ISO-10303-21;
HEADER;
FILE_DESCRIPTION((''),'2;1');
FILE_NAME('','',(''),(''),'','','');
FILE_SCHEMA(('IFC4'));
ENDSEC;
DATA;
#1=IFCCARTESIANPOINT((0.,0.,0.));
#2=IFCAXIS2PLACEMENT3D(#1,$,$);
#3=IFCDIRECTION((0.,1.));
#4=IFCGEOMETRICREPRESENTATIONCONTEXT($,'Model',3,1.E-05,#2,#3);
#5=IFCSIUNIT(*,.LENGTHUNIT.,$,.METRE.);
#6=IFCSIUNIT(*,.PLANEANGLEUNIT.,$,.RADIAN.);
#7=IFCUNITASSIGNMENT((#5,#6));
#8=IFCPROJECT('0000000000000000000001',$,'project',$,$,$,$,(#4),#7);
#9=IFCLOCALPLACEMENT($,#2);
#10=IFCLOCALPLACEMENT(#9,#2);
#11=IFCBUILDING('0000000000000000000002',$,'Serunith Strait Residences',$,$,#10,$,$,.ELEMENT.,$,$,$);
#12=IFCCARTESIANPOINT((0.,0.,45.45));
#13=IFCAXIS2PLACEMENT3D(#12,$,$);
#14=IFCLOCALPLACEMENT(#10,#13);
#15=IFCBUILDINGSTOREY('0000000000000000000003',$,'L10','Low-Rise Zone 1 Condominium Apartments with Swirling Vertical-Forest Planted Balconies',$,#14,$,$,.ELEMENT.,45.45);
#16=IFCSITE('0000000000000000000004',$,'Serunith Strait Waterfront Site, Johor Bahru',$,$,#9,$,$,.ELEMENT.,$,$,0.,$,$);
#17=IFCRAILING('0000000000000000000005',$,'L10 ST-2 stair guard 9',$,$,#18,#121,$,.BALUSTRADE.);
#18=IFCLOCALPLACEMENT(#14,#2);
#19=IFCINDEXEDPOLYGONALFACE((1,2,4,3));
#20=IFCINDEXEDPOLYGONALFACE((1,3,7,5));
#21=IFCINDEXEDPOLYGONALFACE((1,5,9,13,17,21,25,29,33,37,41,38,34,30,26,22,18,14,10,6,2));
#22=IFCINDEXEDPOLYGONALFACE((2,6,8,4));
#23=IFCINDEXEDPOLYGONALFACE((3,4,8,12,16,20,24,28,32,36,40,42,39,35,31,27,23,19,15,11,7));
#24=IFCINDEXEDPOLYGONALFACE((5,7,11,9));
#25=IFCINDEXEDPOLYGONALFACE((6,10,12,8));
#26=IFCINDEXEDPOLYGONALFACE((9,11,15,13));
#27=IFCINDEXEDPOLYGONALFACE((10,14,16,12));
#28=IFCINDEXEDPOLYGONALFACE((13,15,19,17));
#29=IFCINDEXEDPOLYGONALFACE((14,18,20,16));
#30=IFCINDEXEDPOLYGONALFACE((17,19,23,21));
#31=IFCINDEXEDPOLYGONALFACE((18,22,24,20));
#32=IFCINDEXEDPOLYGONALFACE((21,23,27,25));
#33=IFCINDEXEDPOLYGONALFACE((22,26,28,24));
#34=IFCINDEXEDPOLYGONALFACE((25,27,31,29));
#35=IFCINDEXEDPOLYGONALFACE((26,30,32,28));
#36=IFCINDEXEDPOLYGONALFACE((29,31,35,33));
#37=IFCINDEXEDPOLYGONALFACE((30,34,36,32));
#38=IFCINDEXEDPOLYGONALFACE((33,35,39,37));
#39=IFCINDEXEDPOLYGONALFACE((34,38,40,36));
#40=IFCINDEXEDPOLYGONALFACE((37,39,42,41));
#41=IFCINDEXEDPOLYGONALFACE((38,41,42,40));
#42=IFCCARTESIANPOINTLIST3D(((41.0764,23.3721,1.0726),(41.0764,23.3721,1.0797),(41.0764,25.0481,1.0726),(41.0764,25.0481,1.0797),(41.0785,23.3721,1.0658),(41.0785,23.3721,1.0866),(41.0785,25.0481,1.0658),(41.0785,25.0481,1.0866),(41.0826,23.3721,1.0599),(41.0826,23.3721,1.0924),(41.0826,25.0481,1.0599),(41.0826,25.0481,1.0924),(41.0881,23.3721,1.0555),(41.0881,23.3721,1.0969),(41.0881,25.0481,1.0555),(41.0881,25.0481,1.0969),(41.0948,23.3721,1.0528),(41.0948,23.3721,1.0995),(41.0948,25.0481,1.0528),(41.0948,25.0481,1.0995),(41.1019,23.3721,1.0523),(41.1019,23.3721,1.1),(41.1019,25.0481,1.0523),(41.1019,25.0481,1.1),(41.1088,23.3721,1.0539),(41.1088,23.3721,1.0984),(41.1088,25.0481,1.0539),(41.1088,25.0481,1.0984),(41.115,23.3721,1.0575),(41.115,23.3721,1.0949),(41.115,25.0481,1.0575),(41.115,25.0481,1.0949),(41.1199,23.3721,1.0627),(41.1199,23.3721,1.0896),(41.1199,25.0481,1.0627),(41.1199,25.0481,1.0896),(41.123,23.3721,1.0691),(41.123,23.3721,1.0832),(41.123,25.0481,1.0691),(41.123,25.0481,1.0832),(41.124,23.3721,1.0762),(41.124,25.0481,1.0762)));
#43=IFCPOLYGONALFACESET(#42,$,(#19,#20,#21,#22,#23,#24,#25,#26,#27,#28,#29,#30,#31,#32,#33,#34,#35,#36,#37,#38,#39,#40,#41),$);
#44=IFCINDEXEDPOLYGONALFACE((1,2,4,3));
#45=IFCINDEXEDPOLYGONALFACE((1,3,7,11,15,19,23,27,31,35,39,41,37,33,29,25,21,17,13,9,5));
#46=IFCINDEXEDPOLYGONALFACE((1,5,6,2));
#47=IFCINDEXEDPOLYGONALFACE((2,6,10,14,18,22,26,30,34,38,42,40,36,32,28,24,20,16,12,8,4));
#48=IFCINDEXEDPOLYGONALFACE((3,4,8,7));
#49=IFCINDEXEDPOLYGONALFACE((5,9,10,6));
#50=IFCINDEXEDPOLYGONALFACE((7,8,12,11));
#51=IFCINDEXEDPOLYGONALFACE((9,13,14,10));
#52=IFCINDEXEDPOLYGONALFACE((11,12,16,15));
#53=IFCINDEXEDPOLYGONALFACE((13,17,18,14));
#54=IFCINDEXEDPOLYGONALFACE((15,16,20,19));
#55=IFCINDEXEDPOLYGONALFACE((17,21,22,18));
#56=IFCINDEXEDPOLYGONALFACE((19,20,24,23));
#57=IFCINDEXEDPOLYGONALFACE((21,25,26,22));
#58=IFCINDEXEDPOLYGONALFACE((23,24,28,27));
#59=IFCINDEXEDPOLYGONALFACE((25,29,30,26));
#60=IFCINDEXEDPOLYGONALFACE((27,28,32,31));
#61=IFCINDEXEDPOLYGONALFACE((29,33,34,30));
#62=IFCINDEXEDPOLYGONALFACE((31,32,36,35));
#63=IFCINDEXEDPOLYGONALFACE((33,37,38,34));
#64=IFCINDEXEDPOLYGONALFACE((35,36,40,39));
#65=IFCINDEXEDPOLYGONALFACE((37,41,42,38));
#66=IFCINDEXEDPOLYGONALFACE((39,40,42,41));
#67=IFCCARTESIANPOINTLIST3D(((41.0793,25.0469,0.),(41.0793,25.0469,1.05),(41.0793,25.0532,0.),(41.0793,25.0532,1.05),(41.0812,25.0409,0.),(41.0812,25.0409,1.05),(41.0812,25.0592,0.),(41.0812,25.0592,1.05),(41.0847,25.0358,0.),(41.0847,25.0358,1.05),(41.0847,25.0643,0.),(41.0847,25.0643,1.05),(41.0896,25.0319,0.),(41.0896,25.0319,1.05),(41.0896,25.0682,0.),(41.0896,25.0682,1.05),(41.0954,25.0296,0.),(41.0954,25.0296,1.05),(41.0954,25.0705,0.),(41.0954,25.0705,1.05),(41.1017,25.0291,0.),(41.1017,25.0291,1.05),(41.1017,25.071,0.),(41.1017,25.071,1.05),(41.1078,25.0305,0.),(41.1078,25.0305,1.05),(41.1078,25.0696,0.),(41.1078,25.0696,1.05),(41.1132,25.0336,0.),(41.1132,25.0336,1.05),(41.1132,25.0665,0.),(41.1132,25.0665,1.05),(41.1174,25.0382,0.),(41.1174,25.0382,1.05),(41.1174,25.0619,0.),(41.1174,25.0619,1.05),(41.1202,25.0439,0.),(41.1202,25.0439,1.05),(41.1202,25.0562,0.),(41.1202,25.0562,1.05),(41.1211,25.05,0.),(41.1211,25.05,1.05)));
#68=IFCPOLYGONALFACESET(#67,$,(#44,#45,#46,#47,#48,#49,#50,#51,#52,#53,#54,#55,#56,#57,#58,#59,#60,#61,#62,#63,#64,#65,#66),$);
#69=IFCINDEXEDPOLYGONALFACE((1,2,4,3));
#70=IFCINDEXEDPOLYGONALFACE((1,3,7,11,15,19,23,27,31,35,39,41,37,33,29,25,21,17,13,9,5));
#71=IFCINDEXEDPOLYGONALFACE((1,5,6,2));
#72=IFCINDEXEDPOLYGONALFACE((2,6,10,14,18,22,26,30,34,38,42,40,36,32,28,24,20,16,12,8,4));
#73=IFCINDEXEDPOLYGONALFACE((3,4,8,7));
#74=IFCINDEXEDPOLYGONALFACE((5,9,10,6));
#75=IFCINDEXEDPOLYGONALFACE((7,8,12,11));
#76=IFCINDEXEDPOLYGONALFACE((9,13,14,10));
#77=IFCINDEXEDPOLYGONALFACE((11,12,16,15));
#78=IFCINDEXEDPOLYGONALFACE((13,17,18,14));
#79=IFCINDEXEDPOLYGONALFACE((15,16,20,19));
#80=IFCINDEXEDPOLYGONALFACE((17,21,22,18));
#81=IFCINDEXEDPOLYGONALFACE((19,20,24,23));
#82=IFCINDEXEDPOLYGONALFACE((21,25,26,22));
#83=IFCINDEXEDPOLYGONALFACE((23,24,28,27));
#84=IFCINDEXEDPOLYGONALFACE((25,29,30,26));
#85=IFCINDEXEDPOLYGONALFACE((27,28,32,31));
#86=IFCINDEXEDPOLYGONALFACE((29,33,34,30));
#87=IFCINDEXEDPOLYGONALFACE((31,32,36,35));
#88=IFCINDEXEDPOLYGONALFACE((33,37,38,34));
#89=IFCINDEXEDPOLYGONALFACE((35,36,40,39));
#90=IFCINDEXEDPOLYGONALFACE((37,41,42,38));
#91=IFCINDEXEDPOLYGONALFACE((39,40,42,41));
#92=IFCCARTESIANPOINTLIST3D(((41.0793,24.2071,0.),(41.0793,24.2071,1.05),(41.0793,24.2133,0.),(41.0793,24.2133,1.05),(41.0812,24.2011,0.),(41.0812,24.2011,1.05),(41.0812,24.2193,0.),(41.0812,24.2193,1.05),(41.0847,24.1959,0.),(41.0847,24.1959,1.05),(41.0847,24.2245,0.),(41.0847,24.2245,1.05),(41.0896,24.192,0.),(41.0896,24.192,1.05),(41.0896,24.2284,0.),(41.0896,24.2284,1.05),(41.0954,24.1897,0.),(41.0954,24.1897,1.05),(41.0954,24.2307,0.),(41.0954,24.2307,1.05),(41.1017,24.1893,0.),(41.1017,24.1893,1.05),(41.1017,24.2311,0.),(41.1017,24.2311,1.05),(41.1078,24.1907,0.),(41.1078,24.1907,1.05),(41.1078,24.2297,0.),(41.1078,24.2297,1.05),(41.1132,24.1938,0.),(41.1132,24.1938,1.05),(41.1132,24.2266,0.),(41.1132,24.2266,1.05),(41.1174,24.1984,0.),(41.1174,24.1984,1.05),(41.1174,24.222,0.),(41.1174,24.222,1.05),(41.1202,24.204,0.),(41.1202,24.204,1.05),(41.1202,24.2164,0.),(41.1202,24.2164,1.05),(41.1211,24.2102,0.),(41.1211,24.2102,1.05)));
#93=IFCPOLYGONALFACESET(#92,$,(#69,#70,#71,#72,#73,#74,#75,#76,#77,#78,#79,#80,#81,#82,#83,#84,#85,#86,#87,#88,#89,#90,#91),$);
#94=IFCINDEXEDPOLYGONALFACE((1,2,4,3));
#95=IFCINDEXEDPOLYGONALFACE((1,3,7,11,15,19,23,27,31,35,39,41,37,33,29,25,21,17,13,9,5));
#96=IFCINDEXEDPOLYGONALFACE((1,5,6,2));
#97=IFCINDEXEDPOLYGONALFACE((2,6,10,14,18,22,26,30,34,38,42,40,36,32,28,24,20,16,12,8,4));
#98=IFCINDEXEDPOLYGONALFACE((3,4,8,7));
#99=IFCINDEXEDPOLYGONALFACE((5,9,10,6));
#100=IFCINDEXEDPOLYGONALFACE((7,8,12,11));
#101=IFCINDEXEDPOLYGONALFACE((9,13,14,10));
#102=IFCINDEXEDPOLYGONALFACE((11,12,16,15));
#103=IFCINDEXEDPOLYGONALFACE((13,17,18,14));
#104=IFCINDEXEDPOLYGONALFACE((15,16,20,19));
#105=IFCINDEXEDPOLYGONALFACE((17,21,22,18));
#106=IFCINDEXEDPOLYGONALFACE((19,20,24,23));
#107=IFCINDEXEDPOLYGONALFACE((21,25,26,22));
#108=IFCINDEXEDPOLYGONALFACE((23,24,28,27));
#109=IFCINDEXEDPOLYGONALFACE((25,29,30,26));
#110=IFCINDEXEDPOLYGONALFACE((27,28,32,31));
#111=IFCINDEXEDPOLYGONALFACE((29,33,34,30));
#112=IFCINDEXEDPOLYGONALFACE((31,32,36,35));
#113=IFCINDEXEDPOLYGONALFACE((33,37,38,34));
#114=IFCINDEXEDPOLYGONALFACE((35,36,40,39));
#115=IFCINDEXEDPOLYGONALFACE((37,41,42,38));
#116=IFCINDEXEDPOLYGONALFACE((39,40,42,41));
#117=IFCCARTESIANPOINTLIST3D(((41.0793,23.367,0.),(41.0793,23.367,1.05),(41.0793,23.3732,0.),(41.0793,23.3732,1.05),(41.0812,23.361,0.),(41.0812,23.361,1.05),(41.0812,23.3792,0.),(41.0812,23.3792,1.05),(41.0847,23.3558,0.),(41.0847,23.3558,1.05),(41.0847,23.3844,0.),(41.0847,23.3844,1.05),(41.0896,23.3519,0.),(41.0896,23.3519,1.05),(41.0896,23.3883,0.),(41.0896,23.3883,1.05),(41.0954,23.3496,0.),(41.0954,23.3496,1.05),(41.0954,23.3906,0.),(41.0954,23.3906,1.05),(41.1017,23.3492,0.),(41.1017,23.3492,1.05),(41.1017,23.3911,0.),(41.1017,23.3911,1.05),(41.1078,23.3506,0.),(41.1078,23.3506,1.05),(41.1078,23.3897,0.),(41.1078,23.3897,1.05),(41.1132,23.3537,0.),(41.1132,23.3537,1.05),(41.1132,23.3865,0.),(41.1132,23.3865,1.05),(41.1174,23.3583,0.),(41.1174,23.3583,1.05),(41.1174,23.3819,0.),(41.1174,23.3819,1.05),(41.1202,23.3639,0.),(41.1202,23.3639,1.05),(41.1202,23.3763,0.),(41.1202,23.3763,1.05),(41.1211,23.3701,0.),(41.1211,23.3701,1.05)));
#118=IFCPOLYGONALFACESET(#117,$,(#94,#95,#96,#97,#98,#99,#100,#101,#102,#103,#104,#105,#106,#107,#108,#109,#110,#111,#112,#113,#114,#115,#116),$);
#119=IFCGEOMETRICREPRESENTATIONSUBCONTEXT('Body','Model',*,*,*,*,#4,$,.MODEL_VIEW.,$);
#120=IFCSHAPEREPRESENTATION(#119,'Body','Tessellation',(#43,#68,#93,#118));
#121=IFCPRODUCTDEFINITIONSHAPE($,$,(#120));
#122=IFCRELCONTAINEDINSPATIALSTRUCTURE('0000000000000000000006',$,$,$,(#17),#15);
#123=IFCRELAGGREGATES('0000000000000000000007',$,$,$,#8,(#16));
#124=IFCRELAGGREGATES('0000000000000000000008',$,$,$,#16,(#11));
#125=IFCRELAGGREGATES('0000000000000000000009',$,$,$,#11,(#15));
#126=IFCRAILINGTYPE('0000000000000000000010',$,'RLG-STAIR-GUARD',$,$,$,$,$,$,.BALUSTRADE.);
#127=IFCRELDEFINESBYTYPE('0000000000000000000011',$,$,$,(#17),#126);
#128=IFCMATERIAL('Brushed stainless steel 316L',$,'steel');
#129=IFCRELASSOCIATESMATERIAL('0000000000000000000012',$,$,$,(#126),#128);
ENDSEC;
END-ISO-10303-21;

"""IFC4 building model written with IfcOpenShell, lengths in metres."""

from ifc_helpers import new_model, si_unit, direction, frame, origin, origin_2d, place, context, subcontext, project, spatial, circle, extrude, material, type_object, element, save


model = new_model("IFC4")

# Units and contexts
model_context = context("Model", 3, precision=1e-05, world=origin(), true_north=direction((0.0, 1.0)))
body_context = subcontext(model_context, "Body", "Model", "MODEL_VIEW")
ifc_project = project(units=[si_unit("LENGTHUNIT", "METRE"), si_unit("PLANEANGLEUNIT", "RADIAN")], contexts=[model_context])

# Site, building, storey
site_placement = place(None, origin())
site = spatial("IfcSite", under=ifc_project, at=site_placement, Name="Serunith Strait Waterfront Site, Johor Bahru", CompositionType="ELEMENT", RefElevation=0.0)
building_placement = place(site_placement, origin())
building = spatial("IfcBuilding", under=site, at=building_placement, Name="Serunith Strait Residences", CompositionType="ELEMENT")
storey_placement = place(building_placement, frame((0.0, 0.0, 45.45)))
storey = spatial("IfcBuildingStorey", under=building, at=storey_placement, Name="L10", Description="Low-Rise Zone 1 Condominium Apartments with Swirling Vertical-Forest Planted Balconies", CompositionType="ELEMENT", Elevation=45.45)

# Railing
ifc_material_1 = material(Name="Brushed stainless steel 316L", Category="steel")
railing_type = type_object("IfcRailingType", Name="RLG-STAIR-GUARD", PredefinedType="BALUSTRADE", material=ifc_material_1)
for number, where, name in (
    (1, (41.1001, 25.05, 0.0), "L10 ST-2 stair guard 9"),
):
    element("IfcRailing", number, at=place(storey_placement, frame(where)), inside=storey, type_object=railing_type, Name=name, PredefinedType="BALUSTRADE", context=body_context, shape_type="SweptSolid", body=[
        extrude(circle(Radius=0.0239, at=origin_2d()), frame((0.0, -0.002, 1.0762), z_axis=(0.0, -1.0, 0.0), x_axis=(1.0, 0.0, 0.0)), (0.0, 0.0, 1.0), 1.676),
        extrude(circle(Radius=0.021, at=origin_2d()), origin(), (0.0, 0.0, 1.0), 1.05),
        extrude(circle(Radius=0.021, at=origin_2d()), frame((0.0, -0.8398, 0.0)), (0.0, 0.0, 1.0), 1.05),
        extrude(circle(Radius=0.021, at=origin_2d()), frame((0.0, -1.6799, 0.0)), (0.0, 0.0, 1.0), 1.05),
    ])

save(model, "model.ifc")
